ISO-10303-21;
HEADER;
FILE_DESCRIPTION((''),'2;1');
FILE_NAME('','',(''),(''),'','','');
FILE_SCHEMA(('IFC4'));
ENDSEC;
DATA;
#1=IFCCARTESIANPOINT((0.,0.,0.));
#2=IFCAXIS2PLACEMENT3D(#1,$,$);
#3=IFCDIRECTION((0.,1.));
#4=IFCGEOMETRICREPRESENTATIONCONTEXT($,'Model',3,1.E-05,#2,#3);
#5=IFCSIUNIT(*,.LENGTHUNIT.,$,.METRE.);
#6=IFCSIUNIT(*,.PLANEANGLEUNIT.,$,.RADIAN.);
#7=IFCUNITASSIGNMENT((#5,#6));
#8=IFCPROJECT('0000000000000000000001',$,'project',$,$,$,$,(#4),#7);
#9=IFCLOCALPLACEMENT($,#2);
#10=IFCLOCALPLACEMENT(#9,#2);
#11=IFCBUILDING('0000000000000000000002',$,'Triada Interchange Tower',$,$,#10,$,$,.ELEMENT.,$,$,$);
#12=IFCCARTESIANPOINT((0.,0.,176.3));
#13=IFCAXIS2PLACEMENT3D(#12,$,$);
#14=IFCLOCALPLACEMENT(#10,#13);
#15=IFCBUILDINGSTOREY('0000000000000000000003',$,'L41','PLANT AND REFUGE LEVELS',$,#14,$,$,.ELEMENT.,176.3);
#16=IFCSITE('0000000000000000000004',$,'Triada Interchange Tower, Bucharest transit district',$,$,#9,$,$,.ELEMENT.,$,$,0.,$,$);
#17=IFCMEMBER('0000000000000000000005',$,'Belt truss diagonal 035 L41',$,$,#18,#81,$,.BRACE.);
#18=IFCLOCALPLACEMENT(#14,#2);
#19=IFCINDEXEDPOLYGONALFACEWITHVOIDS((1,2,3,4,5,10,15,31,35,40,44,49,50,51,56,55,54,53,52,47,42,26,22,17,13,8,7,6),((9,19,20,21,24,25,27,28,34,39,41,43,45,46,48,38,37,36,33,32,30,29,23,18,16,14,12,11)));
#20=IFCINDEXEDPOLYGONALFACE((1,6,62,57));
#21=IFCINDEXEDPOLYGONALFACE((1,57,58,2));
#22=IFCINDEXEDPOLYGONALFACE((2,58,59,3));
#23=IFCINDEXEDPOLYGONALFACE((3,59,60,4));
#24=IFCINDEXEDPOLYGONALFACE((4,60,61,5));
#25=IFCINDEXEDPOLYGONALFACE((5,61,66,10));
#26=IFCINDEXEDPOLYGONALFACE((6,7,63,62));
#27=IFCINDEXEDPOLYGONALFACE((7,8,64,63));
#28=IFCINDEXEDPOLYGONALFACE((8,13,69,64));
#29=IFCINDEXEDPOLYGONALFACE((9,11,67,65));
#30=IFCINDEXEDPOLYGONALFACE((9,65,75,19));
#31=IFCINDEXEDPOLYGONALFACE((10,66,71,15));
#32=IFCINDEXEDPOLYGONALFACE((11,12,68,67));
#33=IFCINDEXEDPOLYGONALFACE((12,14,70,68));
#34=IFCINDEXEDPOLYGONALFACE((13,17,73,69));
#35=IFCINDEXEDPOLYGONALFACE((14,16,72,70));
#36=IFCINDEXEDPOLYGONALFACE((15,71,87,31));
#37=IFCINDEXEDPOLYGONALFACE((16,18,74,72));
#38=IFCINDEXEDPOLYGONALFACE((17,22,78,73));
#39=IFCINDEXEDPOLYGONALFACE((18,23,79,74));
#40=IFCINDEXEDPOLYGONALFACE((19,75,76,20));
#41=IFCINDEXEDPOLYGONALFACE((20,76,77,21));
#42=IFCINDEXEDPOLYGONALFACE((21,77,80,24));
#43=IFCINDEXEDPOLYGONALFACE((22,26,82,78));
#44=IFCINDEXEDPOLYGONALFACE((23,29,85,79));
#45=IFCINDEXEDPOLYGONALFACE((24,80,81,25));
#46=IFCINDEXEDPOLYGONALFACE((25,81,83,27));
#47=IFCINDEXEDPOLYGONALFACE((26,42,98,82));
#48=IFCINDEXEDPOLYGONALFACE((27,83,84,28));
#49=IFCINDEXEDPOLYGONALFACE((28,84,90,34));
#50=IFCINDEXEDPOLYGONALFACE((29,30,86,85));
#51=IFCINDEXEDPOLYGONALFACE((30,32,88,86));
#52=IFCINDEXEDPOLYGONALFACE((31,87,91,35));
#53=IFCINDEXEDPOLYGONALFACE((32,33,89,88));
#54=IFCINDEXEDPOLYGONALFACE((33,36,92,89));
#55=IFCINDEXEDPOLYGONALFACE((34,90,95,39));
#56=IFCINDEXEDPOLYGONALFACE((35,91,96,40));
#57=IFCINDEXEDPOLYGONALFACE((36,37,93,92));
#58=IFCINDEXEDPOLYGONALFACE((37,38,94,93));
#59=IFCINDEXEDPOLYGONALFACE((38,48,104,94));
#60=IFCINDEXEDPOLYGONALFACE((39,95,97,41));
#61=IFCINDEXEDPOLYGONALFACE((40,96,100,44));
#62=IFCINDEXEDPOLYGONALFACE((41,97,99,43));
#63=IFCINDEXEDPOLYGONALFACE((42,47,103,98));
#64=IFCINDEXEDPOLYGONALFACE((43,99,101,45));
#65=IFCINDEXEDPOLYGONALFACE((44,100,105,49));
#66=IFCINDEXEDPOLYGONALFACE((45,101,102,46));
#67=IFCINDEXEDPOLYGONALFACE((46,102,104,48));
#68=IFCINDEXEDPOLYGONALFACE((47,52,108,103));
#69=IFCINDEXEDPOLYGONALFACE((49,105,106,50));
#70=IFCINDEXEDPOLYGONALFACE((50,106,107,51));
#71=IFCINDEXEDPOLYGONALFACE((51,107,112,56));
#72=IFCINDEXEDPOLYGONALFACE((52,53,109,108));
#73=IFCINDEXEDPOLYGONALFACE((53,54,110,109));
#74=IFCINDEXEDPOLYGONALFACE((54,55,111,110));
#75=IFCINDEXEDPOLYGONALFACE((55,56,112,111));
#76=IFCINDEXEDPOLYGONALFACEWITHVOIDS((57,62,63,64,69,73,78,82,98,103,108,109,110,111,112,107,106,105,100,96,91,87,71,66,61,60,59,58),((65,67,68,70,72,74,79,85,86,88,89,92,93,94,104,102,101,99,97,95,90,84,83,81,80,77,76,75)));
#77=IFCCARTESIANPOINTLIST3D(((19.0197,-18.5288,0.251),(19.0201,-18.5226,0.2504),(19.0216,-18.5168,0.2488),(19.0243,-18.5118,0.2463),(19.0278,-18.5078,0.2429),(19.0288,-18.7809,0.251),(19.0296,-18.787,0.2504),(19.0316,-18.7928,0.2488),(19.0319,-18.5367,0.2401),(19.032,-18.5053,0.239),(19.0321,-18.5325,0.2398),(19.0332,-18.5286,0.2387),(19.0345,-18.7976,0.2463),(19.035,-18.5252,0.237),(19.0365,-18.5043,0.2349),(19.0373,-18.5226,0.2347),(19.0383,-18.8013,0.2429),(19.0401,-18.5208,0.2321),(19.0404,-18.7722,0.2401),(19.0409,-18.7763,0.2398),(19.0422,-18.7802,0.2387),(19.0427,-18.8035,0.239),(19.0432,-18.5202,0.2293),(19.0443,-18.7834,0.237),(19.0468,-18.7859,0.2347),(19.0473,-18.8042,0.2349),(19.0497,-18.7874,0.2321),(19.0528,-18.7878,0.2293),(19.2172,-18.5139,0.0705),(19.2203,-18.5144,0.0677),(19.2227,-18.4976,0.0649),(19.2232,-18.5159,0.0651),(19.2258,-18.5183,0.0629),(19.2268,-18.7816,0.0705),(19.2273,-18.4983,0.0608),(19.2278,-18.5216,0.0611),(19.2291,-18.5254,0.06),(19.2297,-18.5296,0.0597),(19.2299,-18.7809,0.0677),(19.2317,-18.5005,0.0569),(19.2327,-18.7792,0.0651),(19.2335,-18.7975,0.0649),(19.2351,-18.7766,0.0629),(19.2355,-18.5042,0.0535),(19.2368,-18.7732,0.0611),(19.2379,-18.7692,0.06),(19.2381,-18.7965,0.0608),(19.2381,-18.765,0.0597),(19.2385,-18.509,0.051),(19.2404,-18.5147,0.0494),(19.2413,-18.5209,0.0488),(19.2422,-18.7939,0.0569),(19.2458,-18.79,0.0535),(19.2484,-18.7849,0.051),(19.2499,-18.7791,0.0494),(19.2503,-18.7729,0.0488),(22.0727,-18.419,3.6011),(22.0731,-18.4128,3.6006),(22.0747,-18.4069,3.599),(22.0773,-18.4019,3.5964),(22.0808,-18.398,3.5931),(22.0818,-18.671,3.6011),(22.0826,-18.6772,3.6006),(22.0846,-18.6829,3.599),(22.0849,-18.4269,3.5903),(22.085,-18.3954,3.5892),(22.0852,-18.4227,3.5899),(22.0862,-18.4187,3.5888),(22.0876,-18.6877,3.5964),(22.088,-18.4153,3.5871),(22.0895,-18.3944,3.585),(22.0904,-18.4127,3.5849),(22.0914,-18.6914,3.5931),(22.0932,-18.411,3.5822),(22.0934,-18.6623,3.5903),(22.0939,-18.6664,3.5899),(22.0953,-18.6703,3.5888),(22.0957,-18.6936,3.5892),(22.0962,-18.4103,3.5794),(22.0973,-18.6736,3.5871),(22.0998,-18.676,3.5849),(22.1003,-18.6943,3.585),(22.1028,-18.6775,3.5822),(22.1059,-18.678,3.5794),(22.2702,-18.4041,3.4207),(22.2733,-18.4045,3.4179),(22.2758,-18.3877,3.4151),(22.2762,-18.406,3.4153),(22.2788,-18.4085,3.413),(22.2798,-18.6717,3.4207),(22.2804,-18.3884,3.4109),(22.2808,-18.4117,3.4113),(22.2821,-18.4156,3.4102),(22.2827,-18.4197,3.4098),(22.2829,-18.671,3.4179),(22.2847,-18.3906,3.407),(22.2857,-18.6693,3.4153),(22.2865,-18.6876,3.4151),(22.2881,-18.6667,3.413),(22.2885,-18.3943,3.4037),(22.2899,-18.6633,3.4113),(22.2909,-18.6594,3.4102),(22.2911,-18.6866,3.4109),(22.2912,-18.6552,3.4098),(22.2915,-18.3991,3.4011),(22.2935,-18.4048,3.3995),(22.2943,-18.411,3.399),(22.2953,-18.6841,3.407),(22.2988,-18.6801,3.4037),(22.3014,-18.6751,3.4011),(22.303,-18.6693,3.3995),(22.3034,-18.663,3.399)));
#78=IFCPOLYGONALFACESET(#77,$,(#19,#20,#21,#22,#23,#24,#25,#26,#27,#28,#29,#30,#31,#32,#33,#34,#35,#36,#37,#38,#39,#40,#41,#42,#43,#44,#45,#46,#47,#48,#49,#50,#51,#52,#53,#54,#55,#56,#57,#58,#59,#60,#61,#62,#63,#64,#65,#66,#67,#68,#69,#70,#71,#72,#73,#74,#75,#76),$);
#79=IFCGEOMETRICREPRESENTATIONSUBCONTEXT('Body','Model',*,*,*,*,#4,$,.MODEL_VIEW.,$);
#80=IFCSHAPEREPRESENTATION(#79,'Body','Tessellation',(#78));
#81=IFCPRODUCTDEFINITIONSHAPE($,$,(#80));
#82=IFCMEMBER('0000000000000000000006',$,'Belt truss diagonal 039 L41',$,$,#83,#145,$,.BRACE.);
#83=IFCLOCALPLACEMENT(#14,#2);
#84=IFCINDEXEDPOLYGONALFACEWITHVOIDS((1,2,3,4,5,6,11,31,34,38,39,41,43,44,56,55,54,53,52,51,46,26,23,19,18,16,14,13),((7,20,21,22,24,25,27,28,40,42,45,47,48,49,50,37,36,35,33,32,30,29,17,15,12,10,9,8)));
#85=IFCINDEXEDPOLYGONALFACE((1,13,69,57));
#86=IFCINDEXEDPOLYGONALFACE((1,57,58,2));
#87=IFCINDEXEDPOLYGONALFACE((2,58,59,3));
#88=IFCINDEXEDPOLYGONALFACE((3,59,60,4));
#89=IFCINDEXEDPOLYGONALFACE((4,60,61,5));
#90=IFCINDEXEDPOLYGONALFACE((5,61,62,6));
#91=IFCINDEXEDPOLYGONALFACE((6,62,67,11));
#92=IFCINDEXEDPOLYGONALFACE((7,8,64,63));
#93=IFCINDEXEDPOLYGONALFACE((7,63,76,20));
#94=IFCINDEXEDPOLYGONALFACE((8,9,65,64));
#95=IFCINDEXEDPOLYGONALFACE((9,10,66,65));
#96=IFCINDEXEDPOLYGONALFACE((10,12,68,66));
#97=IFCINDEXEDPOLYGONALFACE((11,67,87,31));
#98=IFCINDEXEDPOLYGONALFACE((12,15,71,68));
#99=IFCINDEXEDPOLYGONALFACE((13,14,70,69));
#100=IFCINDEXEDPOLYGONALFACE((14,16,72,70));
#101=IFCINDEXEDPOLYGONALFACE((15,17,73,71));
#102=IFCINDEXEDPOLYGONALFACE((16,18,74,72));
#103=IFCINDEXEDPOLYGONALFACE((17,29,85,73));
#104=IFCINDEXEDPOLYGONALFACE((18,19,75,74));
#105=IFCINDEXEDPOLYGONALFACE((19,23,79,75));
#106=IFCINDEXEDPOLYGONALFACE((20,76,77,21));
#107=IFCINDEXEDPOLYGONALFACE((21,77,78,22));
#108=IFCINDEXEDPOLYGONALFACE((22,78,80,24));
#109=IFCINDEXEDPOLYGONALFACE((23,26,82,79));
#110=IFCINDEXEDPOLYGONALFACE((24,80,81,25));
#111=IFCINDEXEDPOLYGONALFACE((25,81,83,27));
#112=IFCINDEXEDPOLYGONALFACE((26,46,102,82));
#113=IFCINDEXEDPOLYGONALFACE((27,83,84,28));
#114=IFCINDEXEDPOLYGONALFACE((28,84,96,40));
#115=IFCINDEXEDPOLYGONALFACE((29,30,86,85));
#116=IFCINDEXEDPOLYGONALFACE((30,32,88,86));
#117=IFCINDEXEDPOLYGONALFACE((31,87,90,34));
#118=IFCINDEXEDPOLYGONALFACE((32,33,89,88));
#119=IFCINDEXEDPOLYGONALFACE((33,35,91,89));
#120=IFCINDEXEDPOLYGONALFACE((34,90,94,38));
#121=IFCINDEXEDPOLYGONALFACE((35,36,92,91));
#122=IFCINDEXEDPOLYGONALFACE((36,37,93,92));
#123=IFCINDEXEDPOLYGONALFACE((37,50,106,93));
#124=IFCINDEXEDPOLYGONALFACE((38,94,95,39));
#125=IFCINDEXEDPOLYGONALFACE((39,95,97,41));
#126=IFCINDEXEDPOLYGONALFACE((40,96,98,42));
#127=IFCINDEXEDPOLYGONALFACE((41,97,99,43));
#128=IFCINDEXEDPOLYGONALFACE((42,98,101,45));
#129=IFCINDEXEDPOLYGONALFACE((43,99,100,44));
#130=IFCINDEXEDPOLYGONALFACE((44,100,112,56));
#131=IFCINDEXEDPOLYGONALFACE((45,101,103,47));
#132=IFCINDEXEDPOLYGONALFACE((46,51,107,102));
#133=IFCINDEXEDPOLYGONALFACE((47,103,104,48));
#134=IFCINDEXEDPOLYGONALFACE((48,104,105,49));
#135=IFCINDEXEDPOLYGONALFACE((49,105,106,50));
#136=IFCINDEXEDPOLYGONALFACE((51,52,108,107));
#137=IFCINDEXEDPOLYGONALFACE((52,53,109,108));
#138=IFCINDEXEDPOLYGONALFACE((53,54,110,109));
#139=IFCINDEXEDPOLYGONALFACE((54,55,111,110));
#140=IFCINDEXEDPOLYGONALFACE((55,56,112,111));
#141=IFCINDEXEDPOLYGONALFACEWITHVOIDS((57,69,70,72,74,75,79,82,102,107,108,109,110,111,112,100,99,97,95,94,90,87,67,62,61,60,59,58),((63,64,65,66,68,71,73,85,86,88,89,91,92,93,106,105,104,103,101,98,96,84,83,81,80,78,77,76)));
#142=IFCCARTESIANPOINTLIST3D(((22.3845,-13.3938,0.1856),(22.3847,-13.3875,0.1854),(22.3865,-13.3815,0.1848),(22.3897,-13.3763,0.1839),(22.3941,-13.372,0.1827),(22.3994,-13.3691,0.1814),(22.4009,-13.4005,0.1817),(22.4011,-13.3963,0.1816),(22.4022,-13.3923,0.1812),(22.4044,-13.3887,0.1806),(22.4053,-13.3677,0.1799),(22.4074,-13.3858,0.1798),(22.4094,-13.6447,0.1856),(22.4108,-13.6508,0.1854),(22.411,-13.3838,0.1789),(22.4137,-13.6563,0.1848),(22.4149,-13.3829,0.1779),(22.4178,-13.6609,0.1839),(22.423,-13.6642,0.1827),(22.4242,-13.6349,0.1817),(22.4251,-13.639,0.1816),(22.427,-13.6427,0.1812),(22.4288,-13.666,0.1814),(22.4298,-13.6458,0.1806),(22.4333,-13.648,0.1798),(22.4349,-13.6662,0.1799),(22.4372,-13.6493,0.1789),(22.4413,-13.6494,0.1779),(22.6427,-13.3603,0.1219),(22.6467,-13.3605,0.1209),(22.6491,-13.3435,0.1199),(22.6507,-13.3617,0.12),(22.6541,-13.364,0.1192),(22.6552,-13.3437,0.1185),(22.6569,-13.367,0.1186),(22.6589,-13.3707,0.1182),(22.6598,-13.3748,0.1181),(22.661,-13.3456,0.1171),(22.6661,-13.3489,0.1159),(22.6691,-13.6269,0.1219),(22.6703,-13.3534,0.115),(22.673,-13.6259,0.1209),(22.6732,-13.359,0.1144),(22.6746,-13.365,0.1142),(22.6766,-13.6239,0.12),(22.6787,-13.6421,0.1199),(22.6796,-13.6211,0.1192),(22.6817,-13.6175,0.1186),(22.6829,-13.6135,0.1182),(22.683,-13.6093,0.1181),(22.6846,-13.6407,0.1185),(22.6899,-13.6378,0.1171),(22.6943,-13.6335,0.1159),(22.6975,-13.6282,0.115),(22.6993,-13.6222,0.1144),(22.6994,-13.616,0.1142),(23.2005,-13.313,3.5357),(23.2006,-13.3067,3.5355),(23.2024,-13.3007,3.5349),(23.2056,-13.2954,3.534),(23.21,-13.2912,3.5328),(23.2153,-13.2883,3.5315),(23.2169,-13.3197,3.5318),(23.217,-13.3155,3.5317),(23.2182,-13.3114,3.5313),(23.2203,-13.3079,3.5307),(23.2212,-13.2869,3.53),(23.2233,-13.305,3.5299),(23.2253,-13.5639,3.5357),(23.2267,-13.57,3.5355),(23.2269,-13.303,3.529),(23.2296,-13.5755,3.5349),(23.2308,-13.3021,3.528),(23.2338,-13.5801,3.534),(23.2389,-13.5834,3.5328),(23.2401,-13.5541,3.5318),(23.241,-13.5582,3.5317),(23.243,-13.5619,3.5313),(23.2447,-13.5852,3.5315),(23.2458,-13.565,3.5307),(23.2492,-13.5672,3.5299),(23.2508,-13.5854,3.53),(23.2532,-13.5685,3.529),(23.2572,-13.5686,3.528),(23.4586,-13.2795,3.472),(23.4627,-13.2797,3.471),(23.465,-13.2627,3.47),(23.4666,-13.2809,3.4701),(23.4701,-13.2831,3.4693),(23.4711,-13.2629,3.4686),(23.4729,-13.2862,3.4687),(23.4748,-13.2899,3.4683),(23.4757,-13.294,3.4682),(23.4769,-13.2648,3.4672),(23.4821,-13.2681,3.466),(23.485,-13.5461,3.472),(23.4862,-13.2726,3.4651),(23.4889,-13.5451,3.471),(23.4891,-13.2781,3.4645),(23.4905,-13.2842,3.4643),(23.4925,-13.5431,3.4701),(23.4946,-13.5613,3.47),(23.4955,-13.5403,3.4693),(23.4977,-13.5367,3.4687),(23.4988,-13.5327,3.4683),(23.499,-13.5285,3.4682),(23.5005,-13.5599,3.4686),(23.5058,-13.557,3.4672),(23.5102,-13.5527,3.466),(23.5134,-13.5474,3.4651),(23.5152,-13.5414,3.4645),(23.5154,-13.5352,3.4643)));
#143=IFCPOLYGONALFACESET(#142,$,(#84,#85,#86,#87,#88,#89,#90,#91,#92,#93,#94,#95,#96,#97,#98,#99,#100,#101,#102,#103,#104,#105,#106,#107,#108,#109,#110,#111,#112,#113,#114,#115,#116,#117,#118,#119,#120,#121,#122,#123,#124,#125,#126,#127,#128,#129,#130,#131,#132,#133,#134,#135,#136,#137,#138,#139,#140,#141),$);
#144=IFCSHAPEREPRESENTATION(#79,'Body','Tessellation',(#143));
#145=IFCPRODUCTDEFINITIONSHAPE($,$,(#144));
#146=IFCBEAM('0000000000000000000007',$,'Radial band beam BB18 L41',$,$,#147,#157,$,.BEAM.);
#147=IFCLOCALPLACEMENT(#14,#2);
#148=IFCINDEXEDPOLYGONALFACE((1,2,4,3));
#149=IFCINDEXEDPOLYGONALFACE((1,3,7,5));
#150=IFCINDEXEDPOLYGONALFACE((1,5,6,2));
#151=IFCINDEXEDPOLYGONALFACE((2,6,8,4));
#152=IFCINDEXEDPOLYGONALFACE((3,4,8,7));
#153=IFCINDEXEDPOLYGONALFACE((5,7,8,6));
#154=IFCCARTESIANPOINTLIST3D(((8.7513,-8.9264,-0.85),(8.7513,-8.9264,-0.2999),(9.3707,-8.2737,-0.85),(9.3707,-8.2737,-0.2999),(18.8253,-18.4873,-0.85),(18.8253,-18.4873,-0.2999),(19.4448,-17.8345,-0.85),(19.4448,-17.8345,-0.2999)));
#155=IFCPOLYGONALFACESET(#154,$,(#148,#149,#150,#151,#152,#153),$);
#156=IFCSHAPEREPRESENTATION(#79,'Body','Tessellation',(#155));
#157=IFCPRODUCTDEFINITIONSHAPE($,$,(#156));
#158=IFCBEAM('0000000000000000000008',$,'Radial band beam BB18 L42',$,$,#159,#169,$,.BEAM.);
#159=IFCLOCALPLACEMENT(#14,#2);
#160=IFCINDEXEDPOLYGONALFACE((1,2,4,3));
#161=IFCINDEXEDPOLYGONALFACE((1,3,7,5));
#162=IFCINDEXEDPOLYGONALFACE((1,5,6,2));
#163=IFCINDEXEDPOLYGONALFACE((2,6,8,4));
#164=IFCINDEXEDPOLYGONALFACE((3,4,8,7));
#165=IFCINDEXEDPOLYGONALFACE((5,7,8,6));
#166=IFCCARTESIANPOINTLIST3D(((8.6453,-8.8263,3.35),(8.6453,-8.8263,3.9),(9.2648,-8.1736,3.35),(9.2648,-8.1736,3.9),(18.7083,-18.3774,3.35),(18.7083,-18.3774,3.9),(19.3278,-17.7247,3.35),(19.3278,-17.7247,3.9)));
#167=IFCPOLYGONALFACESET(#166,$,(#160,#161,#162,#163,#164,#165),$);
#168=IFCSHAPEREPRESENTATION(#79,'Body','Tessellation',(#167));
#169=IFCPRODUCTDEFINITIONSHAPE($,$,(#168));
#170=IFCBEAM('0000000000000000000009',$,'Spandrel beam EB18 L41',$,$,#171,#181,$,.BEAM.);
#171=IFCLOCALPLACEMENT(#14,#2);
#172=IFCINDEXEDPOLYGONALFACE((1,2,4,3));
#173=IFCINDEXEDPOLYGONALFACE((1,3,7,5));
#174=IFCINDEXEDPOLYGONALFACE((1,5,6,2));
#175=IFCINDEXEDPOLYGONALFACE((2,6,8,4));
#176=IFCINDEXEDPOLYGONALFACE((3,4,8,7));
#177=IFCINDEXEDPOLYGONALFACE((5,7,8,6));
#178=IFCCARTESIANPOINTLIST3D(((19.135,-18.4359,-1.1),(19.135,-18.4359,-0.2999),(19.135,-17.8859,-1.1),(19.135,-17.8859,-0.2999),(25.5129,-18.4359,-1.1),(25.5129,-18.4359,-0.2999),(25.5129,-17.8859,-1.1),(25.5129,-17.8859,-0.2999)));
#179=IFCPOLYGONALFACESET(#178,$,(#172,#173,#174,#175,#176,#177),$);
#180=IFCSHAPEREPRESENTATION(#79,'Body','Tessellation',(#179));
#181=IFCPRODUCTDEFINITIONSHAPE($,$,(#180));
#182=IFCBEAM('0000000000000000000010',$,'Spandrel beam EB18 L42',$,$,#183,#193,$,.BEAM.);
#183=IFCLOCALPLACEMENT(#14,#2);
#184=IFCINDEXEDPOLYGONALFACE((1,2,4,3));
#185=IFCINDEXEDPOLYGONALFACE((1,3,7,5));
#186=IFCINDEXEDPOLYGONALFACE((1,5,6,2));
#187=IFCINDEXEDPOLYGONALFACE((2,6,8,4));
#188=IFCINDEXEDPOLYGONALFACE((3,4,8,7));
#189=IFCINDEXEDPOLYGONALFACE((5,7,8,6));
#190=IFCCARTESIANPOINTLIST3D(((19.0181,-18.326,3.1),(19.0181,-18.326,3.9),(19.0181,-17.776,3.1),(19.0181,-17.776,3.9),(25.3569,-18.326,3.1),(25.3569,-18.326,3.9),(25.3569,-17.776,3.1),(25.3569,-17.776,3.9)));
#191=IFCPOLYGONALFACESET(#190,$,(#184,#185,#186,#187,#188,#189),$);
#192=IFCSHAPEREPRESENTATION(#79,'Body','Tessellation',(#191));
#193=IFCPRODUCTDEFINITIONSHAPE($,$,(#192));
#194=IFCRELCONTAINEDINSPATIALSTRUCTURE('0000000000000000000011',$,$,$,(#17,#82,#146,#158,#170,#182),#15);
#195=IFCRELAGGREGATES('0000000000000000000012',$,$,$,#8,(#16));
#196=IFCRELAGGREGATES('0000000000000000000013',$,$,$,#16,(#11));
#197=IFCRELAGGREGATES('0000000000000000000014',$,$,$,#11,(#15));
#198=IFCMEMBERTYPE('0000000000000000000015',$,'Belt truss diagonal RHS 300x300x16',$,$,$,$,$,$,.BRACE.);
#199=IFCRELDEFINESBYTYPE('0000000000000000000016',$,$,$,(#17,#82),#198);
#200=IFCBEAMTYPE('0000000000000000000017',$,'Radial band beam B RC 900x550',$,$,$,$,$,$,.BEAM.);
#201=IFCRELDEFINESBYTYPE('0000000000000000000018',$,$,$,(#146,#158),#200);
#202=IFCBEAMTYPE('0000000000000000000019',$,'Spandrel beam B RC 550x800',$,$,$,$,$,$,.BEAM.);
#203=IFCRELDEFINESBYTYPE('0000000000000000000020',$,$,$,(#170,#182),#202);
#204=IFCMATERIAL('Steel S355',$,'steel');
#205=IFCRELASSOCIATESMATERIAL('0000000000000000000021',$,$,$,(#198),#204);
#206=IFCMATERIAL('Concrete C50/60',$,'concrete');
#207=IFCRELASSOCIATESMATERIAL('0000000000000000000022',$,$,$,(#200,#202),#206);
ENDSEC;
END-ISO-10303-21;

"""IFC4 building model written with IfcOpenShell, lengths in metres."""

from ifc_helpers import new_model, si_unit, direction, frame, origin, origin_2d, place, context, subcontext, project, spatial, rectangle, hollow_rectangle, extrude, material, material_profile, profile_set, type_object, element, save


model = new_model("IFC4")

# Units and contexts
model_context = context("Model", 3, precision=1e-05, world=origin(), true_north=direction((0.0, 1.0)))
body_context = subcontext(model_context, "Body", "Model", "MODEL_VIEW")
ifc_project = project(units=[si_unit("LENGTHUNIT", "METRE"), si_unit("PLANEANGLEUNIT", "RADIAN")], contexts=[model_context])

# Site, building, storey
site_placement = place(None, origin())
site = spatial("IfcSite", under=ifc_project, at=site_placement, Name="Triada Interchange Tower, Bucharest transit district", CompositionType="ELEMENT", RefElevation=0.0)
building_placement = place(site_placement, origin())
building = spatial("IfcBuilding", under=site, at=building_placement, Name="Triada Interchange Tower", CompositionType="ELEMENT")
storey_placement = place(building_placement, frame((0.0, 0.0, 176.3)))
storey = spatial("IfcBuildingStorey", under=building, at=storey_placement, Name="L41", Description="PLANT AND REFUGE LEVELS", CompositionType="ELEMENT", Elevation=176.3)

# Members
ifc_material_1 = material(Name="Steel S355", Category="steel")
ifc_material_profile_1 = material_profile(ifc_material_1, hollow_rectangle(XDim=0.3, YDim=0.3, WallThickness=0.0161, InnerFilletRadius=0.0161, OuterFilletRadius=0.0239, at=origin_2d()), Name="RHS 300x300x16")
ifc_profile_set_1 = profile_set([ifc_material_profile_1], Name="Steel S355")
member_type = type_object("IfcMemberType", Name="Belt truss diagonal RHS 300x300x16", PredefinedType="BRACE", material=ifc_profile_set_1)
member_1_placement = place(storey_placement, frame((19.135, -18.6509, 0.1499), z_axis=(0.673373, 0.024232, 0.738906), x_axis=(-0.035962, 0.999353, 0.0)))
element("IfcMember", 1, at=member_1_placement, inside=storey, type_object=member_type, Name="Belt truss diagonal 035 L41", PredefinedType="BRACE", context=body_context, shape_type="SweptSolid", body=[
    extrude(hollow_rectangle(XDim=0.3, YDim=0.3, WallThickness=0.0161, InnerFilletRadius=0.0161, OuterFilletRadius=0.0239, at=origin_2d()), origin(), (0.0, 0.0, 1.0), 4.5339),
])
member_2_placement = place(storey_placement, frame((22.542, -13.5049, 0.1499), z_axis=(0.236568, 0.02343, 0.971332), x_axis=(-0.09856, 0.995131, 0.0)))
element("IfcMember", 2, at=member_2_placement, inside=storey, type_object=member_type, Name="Belt truss diagonal 039 L41", PredefinedType="BRACE", context=body_context, shape_type="SweptSolid", body=[
    extrude(hollow_rectangle(XDim=0.3, YDim=0.3, WallThickness=0.0161, InnerFilletRadius=0.0161, OuterFilletRadius=0.0239, at=origin_2d()), origin(), (0.0, 0.0, 1.0), 3.449),
])

# Beams
ifc_material_2 = material(Name="Concrete C50/60", Category="concrete")
ifc_material_profile_2 = material_profile(ifc_material_2, rectangle(XDim=0.8999, YDim=0.55, at=origin_2d()), Name="RC 900x550")
ifc_profile_set_2 = profile_set([ifc_material_profile_2], Name="Concrete C50/60")
beam_type_1 = type_object("IfcBeamType", Name="Radial band beam B RC 900x550", PredefinedType="BEAM", material=ifc_profile_set_2)
beam_1_placement = place(storey_placement, frame((19.135, -18.1609, -0.575), z_axis=(-0.72534, 0.68839, 0.0), x_axis=(-0.68839, -0.72534, 0.0)))
element("IfcBeam", 3, at=beam_1_placement, inside=storey, type_object=beam_type_1, Name="Radial band beam BB18 L41", PredefinedType="BEAM", context=body_context, shape_type="SweptSolid", body=[
    extrude(rectangle(XDim=0.8999, YDim=0.55, at=origin_2d()), origin(), (0.0, 0.0, 1.0), 13.8887),
])
beam_2_placement = place(storey_placement, frame((19.0181, -18.051, 3.625), z_axis=(-0.725317, 0.688415, 0.0), x_axis=(-0.688415, -0.725317, 0.0)))
element("IfcBeam", 4, at=beam_2_placement, inside=storey, type_object=beam_type_1, Name="Radial band beam BB18 L42", PredefinedType="BEAM", context=body_context, shape_type="SweptSolid", body=[
    extrude(rectangle(XDim=0.8999, YDim=0.55, at=origin_2d()), origin(), (0.0, 0.0, 1.0), 13.874),
])
ifc_material_profile_3 = material_profile(ifc_material_2, rectangle(XDim=0.55, YDim=0.8, at=origin_2d()), Name="RC 550x800")
ifc_profile_set_3 = profile_set([ifc_material_profile_3], Name="Concrete C50/60")
beam_type_2 = type_object("IfcBeamType", Name="Spandrel beam B RC 550x800", PredefinedType="BEAM", material=ifc_profile_set_3)
beam_3_placement = place(storey_placement, frame((19.135, -18.1609, -0.7), z_axis=(1.0, 0.0, 0.0), x_axis=(0.0, 1.0, 0.0)))
element("IfcBeam", 5, at=beam_3_placement, inside=storey, type_object=beam_type_2, Name="Spandrel beam EB18 L41", PredefinedType="BEAM", context=body_context, shape_type="SweptSolid", body=[
    extrude(rectangle(XDim=0.55, YDim=0.8, at=origin_2d()), origin(), (0.0, 0.0, 1.0), 6.3779),
])
beam_4_placement = place(storey_placement, frame((19.0181, -18.051, 3.5), z_axis=(1.0, 0.0, 0.0), x_axis=(0.0, 1.0, 0.0)))
element("IfcBeam", 6, at=beam_4_placement, inside=storey, type_object=beam_type_2, Name="Spandrel beam EB18 L42", PredefinedType="BEAM", context=body_context, shape_type="SweptSolid", body=[
    extrude(rectangle(XDim=0.55, YDim=0.8, at=origin_2d()), origin(), (0.0, 0.0, 1.0), 6.3389),
])

save(model, "model.ifc")
